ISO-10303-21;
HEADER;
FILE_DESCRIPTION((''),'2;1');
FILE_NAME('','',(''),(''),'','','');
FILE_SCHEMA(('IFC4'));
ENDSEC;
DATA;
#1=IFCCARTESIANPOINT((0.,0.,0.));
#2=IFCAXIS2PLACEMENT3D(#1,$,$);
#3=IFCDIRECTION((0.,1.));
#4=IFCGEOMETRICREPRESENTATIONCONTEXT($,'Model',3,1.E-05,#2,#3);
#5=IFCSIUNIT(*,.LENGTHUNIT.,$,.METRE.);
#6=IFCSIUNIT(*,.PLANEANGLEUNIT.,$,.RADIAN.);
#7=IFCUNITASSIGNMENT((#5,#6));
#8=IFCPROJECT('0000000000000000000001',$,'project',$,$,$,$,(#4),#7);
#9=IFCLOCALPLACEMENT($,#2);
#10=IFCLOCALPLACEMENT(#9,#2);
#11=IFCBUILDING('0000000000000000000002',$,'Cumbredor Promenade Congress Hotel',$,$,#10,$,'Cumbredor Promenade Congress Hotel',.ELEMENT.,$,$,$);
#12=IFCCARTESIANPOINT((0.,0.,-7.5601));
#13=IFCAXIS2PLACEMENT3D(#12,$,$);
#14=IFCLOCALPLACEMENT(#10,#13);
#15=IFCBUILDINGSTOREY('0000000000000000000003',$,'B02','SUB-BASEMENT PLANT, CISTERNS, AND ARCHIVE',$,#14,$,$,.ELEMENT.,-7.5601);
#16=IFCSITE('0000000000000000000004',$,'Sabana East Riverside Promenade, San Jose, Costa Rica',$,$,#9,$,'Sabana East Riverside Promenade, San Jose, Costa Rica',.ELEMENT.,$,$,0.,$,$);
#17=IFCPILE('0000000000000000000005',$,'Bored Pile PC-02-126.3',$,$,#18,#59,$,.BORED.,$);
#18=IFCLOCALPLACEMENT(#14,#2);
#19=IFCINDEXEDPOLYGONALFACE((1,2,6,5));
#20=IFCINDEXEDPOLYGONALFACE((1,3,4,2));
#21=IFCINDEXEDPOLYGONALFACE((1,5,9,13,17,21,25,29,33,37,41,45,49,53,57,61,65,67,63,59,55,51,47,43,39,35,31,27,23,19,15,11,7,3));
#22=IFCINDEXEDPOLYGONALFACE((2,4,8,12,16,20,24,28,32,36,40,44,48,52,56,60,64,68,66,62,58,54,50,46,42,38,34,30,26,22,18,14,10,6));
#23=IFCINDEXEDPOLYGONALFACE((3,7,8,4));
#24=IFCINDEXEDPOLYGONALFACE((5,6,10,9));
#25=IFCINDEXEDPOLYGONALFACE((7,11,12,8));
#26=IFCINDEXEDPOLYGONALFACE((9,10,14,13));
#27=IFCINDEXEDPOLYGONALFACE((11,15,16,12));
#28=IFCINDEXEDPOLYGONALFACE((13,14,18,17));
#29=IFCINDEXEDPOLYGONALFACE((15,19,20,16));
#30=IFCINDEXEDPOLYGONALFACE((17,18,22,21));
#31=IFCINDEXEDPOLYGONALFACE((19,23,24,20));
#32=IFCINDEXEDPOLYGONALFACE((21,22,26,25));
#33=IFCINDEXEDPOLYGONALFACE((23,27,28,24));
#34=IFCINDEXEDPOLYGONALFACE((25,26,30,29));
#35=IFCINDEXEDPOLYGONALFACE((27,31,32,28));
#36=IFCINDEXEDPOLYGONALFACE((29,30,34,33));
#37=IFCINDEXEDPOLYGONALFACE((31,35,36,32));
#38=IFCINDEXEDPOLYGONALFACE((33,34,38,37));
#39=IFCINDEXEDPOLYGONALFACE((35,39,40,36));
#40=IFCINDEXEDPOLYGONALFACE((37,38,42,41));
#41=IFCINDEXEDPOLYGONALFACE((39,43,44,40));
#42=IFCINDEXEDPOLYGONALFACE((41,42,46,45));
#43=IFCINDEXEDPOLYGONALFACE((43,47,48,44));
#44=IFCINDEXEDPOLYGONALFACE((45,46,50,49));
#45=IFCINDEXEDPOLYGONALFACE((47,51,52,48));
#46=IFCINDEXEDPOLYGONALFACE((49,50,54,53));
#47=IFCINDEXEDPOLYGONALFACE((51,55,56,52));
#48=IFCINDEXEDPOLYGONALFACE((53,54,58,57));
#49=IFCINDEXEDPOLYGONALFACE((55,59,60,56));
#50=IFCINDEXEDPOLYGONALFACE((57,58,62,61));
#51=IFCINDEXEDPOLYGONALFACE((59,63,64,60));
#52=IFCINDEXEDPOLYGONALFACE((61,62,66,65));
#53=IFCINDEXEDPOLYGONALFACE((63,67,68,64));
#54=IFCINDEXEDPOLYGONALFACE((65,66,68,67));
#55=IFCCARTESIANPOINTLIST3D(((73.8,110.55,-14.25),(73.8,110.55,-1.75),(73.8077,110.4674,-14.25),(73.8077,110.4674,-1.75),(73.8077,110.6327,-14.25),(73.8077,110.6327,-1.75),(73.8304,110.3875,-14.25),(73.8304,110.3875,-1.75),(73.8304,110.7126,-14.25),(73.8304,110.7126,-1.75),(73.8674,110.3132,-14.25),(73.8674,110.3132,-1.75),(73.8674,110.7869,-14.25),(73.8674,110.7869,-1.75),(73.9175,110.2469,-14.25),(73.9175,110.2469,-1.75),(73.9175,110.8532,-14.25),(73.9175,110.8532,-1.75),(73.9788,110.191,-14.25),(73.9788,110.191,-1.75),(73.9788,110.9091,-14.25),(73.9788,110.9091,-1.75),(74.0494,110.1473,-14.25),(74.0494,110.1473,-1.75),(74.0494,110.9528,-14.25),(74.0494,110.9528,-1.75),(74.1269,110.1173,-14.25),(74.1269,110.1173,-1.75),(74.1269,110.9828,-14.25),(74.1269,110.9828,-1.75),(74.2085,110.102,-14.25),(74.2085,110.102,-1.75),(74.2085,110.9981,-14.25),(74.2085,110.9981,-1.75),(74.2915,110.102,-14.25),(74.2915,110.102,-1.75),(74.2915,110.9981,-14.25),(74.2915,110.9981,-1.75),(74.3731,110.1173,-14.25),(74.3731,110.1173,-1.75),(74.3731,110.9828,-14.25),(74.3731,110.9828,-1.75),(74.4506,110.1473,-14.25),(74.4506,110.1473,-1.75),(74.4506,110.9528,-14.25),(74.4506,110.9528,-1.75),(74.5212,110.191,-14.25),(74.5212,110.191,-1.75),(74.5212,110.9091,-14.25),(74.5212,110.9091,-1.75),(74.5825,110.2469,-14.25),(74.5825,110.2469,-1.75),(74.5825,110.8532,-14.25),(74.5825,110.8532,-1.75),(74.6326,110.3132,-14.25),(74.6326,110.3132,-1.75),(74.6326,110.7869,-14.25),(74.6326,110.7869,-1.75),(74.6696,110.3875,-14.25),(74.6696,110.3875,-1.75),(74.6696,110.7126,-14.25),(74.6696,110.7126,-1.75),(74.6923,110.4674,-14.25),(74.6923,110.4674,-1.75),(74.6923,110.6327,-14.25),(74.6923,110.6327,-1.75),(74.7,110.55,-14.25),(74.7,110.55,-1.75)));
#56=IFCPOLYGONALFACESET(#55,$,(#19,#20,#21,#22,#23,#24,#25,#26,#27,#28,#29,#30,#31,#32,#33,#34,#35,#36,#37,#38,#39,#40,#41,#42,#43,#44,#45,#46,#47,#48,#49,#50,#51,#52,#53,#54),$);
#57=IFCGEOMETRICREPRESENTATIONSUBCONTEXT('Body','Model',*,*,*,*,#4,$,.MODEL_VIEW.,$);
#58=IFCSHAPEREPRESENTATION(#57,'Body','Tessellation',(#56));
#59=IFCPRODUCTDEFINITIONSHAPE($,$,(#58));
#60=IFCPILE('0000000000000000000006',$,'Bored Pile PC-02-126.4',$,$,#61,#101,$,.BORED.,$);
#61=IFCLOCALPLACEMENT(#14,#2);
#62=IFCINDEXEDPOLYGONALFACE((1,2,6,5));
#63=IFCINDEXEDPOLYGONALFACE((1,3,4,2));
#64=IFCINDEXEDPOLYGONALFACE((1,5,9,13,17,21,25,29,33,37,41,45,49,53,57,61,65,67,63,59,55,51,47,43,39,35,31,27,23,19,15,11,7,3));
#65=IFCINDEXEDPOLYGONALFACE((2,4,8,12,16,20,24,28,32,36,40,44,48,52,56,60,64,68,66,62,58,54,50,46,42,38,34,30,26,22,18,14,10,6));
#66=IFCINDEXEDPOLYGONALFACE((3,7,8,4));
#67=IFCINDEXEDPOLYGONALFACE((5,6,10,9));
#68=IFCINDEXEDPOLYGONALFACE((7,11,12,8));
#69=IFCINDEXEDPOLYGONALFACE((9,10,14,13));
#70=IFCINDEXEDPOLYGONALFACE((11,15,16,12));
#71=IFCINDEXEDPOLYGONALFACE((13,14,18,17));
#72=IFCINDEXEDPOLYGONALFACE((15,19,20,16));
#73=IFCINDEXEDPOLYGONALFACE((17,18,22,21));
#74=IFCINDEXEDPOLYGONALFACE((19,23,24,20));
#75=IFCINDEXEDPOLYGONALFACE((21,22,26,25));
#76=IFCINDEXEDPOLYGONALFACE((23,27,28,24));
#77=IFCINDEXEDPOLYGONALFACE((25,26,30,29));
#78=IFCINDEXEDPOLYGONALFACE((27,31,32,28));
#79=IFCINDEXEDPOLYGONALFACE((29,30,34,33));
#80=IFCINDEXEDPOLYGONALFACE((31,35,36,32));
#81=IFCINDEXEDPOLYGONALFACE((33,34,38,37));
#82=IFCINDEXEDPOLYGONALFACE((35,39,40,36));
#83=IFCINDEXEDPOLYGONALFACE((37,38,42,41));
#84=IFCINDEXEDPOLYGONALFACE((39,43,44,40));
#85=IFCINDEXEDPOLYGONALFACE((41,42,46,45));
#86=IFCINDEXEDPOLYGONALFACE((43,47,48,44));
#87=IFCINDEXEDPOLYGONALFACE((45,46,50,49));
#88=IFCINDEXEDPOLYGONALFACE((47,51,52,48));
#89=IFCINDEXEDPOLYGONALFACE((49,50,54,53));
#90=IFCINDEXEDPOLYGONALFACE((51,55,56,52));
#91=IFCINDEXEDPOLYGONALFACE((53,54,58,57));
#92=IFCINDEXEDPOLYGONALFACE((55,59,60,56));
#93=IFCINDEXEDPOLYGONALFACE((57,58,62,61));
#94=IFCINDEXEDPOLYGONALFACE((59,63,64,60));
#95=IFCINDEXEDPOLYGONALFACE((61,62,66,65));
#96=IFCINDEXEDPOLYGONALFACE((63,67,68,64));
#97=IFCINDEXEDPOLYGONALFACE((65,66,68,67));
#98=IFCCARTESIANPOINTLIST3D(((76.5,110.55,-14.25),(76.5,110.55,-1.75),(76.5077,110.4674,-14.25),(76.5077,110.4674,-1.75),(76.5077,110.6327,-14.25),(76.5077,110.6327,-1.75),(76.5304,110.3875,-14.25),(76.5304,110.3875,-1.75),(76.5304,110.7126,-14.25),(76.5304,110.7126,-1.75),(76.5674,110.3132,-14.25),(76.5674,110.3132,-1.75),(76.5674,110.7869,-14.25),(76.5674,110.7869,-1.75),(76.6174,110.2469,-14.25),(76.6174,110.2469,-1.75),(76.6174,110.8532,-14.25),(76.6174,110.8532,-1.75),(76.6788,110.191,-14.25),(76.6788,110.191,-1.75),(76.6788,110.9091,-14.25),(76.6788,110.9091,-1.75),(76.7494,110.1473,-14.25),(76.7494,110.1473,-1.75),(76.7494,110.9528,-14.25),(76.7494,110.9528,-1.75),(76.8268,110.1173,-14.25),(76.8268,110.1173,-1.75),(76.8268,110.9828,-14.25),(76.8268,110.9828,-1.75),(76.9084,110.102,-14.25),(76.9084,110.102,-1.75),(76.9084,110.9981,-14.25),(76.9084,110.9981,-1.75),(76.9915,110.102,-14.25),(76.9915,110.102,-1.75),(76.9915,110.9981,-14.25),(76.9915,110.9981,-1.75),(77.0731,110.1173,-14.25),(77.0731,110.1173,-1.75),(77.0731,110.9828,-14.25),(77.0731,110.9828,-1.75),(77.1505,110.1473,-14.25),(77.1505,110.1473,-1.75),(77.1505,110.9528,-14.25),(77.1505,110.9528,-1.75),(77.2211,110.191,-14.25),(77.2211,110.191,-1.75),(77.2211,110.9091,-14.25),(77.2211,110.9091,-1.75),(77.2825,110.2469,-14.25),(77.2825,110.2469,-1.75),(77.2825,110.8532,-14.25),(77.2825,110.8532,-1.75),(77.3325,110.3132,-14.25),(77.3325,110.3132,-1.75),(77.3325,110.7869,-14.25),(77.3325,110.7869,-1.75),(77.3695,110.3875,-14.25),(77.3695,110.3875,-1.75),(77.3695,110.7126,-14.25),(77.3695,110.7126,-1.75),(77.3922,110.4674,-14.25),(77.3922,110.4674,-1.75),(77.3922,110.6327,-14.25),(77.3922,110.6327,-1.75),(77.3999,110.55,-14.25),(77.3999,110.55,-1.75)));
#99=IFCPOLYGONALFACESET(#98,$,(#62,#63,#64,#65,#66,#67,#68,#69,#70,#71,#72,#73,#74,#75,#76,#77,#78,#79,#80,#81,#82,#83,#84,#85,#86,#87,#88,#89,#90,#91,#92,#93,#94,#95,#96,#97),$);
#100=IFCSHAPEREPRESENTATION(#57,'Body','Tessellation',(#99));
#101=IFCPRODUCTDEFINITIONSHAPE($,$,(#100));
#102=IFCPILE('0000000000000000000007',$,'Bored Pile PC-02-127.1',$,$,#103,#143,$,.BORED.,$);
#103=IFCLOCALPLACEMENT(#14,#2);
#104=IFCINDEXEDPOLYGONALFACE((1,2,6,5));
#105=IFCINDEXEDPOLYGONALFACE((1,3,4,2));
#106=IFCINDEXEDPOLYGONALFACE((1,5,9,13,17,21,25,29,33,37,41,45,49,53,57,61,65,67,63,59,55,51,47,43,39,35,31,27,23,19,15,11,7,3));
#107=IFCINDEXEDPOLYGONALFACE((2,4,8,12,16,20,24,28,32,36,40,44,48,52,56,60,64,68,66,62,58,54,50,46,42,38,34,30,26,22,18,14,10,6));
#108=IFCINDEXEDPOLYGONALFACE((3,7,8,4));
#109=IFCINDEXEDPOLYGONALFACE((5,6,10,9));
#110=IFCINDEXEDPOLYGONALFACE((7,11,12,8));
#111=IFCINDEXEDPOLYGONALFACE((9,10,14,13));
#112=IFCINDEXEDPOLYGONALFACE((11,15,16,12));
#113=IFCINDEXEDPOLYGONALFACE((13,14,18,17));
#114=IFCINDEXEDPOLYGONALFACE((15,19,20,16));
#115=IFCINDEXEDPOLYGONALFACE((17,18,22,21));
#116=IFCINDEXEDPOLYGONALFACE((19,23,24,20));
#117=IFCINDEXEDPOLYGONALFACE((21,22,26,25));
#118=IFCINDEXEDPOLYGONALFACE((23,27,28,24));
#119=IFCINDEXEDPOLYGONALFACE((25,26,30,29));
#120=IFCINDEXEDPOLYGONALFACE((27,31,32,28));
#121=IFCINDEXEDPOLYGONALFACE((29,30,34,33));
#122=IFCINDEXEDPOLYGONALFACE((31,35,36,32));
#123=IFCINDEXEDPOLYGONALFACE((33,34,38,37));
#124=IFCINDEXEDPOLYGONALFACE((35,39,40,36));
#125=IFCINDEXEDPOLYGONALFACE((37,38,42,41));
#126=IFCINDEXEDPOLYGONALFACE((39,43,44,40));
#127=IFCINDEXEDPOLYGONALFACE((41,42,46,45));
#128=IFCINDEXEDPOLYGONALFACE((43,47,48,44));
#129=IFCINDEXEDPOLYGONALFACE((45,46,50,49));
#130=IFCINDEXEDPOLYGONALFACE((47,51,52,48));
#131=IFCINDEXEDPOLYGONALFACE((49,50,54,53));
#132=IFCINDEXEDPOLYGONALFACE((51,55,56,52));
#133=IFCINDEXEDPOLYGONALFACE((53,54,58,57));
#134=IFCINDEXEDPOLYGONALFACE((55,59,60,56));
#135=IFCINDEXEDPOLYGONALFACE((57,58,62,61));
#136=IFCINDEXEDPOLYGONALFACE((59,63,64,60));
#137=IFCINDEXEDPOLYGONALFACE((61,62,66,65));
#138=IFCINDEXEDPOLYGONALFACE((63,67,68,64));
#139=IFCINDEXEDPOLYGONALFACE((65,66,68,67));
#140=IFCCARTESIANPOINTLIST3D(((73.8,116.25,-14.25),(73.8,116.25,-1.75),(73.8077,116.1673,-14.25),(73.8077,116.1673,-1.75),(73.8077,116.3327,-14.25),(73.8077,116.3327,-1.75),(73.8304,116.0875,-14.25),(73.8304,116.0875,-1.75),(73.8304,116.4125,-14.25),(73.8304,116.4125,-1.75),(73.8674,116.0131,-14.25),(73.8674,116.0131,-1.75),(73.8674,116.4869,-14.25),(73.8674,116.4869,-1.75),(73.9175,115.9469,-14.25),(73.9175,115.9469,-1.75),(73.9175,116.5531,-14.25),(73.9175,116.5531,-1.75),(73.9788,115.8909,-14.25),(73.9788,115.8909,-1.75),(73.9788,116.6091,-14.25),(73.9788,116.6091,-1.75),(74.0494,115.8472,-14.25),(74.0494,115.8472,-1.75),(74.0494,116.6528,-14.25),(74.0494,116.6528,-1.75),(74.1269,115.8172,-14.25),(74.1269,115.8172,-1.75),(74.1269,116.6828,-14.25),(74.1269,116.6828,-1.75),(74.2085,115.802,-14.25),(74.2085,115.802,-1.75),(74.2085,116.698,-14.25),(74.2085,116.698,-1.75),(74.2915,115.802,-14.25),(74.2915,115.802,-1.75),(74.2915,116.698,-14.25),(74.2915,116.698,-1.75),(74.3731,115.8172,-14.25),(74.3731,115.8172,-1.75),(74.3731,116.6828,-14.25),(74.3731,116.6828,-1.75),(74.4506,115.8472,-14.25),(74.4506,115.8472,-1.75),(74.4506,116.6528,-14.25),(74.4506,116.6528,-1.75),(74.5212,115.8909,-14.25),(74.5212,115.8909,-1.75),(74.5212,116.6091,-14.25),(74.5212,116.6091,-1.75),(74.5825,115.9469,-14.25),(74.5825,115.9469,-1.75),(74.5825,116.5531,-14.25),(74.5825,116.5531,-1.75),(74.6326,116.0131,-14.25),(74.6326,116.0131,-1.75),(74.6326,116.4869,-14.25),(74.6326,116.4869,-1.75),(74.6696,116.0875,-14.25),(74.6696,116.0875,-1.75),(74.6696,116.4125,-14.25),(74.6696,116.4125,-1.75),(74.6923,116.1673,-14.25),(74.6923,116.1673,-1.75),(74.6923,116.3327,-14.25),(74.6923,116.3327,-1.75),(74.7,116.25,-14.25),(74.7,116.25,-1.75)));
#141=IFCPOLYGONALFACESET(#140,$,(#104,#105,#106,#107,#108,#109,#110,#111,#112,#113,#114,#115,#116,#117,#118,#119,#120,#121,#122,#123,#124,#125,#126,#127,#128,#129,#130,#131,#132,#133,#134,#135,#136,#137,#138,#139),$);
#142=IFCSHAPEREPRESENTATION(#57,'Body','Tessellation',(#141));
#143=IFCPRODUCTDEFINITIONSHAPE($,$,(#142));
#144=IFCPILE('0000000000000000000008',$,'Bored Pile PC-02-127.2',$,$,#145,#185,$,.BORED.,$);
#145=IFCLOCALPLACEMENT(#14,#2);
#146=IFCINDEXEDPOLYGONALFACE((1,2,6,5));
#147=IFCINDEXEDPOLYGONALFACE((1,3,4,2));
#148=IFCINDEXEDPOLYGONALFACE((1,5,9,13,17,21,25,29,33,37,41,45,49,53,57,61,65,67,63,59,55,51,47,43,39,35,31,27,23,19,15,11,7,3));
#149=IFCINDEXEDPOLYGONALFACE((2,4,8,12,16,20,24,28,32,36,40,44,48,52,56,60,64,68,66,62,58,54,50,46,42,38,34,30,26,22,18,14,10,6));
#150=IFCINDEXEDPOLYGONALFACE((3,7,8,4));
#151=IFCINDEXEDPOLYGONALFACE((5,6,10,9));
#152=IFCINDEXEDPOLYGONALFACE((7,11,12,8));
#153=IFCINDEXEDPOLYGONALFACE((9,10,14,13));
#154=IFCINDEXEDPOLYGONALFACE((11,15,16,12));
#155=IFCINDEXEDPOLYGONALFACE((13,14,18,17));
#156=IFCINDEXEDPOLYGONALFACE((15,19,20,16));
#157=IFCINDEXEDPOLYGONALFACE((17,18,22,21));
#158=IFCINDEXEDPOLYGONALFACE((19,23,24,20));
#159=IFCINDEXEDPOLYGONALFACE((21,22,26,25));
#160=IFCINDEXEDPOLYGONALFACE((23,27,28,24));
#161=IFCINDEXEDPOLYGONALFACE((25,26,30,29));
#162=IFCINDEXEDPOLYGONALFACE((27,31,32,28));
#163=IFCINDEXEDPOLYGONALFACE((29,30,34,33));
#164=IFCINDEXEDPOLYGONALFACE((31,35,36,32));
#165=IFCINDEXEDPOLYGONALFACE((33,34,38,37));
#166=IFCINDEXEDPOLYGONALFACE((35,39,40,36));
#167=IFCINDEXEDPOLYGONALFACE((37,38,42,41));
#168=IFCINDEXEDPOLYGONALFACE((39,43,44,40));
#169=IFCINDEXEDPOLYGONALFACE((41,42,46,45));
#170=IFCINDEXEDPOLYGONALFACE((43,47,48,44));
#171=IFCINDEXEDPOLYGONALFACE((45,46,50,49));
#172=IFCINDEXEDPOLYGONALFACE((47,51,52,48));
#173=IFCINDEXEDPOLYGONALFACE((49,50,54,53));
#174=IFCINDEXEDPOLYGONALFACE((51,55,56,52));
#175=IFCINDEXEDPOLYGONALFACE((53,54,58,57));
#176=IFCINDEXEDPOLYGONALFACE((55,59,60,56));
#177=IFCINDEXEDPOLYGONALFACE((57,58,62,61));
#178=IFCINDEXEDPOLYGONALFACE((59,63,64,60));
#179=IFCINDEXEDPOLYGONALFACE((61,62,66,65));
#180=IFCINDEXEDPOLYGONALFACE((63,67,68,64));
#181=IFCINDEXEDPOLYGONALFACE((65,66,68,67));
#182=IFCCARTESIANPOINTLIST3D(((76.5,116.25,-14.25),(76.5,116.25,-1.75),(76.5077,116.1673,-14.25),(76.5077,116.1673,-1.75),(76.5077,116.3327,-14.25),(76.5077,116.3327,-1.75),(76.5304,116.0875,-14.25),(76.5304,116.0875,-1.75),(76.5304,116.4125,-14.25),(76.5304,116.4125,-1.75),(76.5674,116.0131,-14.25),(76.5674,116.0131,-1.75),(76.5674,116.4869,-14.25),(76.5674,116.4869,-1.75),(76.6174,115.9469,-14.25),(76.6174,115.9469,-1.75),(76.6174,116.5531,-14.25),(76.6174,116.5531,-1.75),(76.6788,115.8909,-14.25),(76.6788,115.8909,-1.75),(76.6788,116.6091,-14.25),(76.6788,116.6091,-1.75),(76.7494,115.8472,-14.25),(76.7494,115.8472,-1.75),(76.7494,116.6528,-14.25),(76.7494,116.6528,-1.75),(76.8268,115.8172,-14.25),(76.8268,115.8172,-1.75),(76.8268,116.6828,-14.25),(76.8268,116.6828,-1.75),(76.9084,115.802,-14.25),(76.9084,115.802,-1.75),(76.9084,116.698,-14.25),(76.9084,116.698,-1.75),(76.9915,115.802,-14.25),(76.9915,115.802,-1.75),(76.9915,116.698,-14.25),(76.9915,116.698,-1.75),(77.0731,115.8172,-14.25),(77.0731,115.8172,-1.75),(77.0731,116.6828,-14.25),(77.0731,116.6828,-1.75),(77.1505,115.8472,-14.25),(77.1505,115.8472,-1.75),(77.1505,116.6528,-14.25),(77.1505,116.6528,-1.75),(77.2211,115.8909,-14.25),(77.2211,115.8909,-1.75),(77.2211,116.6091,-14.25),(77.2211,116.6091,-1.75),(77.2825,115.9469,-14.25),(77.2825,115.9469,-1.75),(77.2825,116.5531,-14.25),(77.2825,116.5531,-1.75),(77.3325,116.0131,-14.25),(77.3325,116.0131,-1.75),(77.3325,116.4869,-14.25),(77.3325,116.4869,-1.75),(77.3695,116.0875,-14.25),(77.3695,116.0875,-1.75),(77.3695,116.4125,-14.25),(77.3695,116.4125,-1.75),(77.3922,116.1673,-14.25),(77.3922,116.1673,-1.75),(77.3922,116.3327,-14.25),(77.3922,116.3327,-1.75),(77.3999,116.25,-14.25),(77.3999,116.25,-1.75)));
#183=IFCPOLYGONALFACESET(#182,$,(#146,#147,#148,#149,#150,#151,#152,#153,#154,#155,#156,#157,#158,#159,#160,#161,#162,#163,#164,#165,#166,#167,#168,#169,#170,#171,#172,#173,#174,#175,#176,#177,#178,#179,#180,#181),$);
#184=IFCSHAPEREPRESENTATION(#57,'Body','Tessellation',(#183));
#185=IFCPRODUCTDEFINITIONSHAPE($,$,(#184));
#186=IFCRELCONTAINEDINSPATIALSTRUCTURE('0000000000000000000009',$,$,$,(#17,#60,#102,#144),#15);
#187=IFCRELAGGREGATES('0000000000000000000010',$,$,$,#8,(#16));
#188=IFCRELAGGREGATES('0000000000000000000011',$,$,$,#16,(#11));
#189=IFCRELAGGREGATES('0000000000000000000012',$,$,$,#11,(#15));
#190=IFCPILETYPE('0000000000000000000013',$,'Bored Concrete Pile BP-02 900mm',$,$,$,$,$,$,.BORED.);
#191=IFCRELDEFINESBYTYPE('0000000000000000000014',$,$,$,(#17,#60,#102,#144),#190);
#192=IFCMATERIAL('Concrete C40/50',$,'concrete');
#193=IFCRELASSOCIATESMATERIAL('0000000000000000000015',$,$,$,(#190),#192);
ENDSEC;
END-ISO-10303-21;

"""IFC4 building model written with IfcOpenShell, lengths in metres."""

from ifc_helpers import new_model, si_unit, direction, frame, origin, origin_2d, place, context, subcontext, project, spatial, circle, extrude, material, material_profile, profile_set, type_object, element, save


model = new_model("IFC4")

# Units and contexts
model_context = context("Model", 3, precision=1e-05, world=origin(), true_north=direction((0.0, 1.0)))
body_context = subcontext(model_context, "Body", "Model", "MODEL_VIEW")
ifc_project = project(units=[si_unit("LENGTHUNIT", "METRE"), si_unit("PLANEANGLEUNIT", "RADIAN")], contexts=[model_context])

# Site, building, storey
site_placement = place(None, origin())
site = spatial("IfcSite", under=ifc_project, at=site_placement, Name="Sabana East Riverside Promenade, San Jose, Costa Rica", LongName="Sabana East Riverside Promenade, San Jose, Costa Rica", CompositionType="ELEMENT", RefElevation=0.0)
building_placement = place(site_placement, origin())
building = spatial("IfcBuilding", under=site, at=building_placement, Name="Cumbredor Promenade Congress Hotel", LongName="Cumbredor Promenade Congress Hotel", CompositionType="ELEMENT")
storey_placement = place(building_placement, frame((0.0, 0.0, -7.5601)))
storey = spatial("IfcBuildingStorey", under=building, at=storey_placement, Name="B02", Description="SUB-BASEMENT PLANT, CISTERNS, AND ARCHIVE", CompositionType="ELEMENT", Elevation=-7.5601)

# Piles
ifc_material_1 = material(Name="Concrete C40/50", Category="concrete")
ifc_material_profile_1 = material_profile(ifc_material_1, circle(Radius=0.45, at=origin_2d()), Name="PILE D900")
ifc_profile_set_1 = profile_set([ifc_material_profile_1], Name="Concrete C40/50")
pile_type_1 = type_object("IfcPileType", Name="Bored Concrete Pile BP-02 900mm", PredefinedType="BORED", material=ifc_profile_set_1)
for number, where, z_axis, x_axis, name in (
    (1, (74.25, 110.55, -1.75), (0.0, 0.0, -1.0), (1.0, 0.0, 0.0), "Bored Pile PC-02-126.3"),
    (2, (76.95, 110.55, -1.75), (0.0, 0.0, -1.0), (1.0, 0.0, 0.0), "Bored Pile PC-02-126.4"),
    (3, (74.25, 116.25, -1.75), (0.0, 0.0, -1.0), (1.0, 0.0, 0.0), "Bored Pile PC-02-127.1"),
    (4, (76.95, 116.25, -1.75), (0.0, 0.0, -1.0), (1.0, 0.0, 0.0), "Bored Pile PC-02-127.2"),
):
    element("IfcPile", number, at=place(storey_placement, frame(where, z_axis=z_axis, x_axis=x_axis)), inside=storey, type_object=pile_type_1, Name=name, PredefinedType="BORED", context=body_context, shape_type="SweptSolid", body=[
        extrude(circle(Radius=0.45, at=origin_2d()), origin(), (0.0, 0.0, 1.0), 12.5),
    ])

save(model, "model.ifc")
